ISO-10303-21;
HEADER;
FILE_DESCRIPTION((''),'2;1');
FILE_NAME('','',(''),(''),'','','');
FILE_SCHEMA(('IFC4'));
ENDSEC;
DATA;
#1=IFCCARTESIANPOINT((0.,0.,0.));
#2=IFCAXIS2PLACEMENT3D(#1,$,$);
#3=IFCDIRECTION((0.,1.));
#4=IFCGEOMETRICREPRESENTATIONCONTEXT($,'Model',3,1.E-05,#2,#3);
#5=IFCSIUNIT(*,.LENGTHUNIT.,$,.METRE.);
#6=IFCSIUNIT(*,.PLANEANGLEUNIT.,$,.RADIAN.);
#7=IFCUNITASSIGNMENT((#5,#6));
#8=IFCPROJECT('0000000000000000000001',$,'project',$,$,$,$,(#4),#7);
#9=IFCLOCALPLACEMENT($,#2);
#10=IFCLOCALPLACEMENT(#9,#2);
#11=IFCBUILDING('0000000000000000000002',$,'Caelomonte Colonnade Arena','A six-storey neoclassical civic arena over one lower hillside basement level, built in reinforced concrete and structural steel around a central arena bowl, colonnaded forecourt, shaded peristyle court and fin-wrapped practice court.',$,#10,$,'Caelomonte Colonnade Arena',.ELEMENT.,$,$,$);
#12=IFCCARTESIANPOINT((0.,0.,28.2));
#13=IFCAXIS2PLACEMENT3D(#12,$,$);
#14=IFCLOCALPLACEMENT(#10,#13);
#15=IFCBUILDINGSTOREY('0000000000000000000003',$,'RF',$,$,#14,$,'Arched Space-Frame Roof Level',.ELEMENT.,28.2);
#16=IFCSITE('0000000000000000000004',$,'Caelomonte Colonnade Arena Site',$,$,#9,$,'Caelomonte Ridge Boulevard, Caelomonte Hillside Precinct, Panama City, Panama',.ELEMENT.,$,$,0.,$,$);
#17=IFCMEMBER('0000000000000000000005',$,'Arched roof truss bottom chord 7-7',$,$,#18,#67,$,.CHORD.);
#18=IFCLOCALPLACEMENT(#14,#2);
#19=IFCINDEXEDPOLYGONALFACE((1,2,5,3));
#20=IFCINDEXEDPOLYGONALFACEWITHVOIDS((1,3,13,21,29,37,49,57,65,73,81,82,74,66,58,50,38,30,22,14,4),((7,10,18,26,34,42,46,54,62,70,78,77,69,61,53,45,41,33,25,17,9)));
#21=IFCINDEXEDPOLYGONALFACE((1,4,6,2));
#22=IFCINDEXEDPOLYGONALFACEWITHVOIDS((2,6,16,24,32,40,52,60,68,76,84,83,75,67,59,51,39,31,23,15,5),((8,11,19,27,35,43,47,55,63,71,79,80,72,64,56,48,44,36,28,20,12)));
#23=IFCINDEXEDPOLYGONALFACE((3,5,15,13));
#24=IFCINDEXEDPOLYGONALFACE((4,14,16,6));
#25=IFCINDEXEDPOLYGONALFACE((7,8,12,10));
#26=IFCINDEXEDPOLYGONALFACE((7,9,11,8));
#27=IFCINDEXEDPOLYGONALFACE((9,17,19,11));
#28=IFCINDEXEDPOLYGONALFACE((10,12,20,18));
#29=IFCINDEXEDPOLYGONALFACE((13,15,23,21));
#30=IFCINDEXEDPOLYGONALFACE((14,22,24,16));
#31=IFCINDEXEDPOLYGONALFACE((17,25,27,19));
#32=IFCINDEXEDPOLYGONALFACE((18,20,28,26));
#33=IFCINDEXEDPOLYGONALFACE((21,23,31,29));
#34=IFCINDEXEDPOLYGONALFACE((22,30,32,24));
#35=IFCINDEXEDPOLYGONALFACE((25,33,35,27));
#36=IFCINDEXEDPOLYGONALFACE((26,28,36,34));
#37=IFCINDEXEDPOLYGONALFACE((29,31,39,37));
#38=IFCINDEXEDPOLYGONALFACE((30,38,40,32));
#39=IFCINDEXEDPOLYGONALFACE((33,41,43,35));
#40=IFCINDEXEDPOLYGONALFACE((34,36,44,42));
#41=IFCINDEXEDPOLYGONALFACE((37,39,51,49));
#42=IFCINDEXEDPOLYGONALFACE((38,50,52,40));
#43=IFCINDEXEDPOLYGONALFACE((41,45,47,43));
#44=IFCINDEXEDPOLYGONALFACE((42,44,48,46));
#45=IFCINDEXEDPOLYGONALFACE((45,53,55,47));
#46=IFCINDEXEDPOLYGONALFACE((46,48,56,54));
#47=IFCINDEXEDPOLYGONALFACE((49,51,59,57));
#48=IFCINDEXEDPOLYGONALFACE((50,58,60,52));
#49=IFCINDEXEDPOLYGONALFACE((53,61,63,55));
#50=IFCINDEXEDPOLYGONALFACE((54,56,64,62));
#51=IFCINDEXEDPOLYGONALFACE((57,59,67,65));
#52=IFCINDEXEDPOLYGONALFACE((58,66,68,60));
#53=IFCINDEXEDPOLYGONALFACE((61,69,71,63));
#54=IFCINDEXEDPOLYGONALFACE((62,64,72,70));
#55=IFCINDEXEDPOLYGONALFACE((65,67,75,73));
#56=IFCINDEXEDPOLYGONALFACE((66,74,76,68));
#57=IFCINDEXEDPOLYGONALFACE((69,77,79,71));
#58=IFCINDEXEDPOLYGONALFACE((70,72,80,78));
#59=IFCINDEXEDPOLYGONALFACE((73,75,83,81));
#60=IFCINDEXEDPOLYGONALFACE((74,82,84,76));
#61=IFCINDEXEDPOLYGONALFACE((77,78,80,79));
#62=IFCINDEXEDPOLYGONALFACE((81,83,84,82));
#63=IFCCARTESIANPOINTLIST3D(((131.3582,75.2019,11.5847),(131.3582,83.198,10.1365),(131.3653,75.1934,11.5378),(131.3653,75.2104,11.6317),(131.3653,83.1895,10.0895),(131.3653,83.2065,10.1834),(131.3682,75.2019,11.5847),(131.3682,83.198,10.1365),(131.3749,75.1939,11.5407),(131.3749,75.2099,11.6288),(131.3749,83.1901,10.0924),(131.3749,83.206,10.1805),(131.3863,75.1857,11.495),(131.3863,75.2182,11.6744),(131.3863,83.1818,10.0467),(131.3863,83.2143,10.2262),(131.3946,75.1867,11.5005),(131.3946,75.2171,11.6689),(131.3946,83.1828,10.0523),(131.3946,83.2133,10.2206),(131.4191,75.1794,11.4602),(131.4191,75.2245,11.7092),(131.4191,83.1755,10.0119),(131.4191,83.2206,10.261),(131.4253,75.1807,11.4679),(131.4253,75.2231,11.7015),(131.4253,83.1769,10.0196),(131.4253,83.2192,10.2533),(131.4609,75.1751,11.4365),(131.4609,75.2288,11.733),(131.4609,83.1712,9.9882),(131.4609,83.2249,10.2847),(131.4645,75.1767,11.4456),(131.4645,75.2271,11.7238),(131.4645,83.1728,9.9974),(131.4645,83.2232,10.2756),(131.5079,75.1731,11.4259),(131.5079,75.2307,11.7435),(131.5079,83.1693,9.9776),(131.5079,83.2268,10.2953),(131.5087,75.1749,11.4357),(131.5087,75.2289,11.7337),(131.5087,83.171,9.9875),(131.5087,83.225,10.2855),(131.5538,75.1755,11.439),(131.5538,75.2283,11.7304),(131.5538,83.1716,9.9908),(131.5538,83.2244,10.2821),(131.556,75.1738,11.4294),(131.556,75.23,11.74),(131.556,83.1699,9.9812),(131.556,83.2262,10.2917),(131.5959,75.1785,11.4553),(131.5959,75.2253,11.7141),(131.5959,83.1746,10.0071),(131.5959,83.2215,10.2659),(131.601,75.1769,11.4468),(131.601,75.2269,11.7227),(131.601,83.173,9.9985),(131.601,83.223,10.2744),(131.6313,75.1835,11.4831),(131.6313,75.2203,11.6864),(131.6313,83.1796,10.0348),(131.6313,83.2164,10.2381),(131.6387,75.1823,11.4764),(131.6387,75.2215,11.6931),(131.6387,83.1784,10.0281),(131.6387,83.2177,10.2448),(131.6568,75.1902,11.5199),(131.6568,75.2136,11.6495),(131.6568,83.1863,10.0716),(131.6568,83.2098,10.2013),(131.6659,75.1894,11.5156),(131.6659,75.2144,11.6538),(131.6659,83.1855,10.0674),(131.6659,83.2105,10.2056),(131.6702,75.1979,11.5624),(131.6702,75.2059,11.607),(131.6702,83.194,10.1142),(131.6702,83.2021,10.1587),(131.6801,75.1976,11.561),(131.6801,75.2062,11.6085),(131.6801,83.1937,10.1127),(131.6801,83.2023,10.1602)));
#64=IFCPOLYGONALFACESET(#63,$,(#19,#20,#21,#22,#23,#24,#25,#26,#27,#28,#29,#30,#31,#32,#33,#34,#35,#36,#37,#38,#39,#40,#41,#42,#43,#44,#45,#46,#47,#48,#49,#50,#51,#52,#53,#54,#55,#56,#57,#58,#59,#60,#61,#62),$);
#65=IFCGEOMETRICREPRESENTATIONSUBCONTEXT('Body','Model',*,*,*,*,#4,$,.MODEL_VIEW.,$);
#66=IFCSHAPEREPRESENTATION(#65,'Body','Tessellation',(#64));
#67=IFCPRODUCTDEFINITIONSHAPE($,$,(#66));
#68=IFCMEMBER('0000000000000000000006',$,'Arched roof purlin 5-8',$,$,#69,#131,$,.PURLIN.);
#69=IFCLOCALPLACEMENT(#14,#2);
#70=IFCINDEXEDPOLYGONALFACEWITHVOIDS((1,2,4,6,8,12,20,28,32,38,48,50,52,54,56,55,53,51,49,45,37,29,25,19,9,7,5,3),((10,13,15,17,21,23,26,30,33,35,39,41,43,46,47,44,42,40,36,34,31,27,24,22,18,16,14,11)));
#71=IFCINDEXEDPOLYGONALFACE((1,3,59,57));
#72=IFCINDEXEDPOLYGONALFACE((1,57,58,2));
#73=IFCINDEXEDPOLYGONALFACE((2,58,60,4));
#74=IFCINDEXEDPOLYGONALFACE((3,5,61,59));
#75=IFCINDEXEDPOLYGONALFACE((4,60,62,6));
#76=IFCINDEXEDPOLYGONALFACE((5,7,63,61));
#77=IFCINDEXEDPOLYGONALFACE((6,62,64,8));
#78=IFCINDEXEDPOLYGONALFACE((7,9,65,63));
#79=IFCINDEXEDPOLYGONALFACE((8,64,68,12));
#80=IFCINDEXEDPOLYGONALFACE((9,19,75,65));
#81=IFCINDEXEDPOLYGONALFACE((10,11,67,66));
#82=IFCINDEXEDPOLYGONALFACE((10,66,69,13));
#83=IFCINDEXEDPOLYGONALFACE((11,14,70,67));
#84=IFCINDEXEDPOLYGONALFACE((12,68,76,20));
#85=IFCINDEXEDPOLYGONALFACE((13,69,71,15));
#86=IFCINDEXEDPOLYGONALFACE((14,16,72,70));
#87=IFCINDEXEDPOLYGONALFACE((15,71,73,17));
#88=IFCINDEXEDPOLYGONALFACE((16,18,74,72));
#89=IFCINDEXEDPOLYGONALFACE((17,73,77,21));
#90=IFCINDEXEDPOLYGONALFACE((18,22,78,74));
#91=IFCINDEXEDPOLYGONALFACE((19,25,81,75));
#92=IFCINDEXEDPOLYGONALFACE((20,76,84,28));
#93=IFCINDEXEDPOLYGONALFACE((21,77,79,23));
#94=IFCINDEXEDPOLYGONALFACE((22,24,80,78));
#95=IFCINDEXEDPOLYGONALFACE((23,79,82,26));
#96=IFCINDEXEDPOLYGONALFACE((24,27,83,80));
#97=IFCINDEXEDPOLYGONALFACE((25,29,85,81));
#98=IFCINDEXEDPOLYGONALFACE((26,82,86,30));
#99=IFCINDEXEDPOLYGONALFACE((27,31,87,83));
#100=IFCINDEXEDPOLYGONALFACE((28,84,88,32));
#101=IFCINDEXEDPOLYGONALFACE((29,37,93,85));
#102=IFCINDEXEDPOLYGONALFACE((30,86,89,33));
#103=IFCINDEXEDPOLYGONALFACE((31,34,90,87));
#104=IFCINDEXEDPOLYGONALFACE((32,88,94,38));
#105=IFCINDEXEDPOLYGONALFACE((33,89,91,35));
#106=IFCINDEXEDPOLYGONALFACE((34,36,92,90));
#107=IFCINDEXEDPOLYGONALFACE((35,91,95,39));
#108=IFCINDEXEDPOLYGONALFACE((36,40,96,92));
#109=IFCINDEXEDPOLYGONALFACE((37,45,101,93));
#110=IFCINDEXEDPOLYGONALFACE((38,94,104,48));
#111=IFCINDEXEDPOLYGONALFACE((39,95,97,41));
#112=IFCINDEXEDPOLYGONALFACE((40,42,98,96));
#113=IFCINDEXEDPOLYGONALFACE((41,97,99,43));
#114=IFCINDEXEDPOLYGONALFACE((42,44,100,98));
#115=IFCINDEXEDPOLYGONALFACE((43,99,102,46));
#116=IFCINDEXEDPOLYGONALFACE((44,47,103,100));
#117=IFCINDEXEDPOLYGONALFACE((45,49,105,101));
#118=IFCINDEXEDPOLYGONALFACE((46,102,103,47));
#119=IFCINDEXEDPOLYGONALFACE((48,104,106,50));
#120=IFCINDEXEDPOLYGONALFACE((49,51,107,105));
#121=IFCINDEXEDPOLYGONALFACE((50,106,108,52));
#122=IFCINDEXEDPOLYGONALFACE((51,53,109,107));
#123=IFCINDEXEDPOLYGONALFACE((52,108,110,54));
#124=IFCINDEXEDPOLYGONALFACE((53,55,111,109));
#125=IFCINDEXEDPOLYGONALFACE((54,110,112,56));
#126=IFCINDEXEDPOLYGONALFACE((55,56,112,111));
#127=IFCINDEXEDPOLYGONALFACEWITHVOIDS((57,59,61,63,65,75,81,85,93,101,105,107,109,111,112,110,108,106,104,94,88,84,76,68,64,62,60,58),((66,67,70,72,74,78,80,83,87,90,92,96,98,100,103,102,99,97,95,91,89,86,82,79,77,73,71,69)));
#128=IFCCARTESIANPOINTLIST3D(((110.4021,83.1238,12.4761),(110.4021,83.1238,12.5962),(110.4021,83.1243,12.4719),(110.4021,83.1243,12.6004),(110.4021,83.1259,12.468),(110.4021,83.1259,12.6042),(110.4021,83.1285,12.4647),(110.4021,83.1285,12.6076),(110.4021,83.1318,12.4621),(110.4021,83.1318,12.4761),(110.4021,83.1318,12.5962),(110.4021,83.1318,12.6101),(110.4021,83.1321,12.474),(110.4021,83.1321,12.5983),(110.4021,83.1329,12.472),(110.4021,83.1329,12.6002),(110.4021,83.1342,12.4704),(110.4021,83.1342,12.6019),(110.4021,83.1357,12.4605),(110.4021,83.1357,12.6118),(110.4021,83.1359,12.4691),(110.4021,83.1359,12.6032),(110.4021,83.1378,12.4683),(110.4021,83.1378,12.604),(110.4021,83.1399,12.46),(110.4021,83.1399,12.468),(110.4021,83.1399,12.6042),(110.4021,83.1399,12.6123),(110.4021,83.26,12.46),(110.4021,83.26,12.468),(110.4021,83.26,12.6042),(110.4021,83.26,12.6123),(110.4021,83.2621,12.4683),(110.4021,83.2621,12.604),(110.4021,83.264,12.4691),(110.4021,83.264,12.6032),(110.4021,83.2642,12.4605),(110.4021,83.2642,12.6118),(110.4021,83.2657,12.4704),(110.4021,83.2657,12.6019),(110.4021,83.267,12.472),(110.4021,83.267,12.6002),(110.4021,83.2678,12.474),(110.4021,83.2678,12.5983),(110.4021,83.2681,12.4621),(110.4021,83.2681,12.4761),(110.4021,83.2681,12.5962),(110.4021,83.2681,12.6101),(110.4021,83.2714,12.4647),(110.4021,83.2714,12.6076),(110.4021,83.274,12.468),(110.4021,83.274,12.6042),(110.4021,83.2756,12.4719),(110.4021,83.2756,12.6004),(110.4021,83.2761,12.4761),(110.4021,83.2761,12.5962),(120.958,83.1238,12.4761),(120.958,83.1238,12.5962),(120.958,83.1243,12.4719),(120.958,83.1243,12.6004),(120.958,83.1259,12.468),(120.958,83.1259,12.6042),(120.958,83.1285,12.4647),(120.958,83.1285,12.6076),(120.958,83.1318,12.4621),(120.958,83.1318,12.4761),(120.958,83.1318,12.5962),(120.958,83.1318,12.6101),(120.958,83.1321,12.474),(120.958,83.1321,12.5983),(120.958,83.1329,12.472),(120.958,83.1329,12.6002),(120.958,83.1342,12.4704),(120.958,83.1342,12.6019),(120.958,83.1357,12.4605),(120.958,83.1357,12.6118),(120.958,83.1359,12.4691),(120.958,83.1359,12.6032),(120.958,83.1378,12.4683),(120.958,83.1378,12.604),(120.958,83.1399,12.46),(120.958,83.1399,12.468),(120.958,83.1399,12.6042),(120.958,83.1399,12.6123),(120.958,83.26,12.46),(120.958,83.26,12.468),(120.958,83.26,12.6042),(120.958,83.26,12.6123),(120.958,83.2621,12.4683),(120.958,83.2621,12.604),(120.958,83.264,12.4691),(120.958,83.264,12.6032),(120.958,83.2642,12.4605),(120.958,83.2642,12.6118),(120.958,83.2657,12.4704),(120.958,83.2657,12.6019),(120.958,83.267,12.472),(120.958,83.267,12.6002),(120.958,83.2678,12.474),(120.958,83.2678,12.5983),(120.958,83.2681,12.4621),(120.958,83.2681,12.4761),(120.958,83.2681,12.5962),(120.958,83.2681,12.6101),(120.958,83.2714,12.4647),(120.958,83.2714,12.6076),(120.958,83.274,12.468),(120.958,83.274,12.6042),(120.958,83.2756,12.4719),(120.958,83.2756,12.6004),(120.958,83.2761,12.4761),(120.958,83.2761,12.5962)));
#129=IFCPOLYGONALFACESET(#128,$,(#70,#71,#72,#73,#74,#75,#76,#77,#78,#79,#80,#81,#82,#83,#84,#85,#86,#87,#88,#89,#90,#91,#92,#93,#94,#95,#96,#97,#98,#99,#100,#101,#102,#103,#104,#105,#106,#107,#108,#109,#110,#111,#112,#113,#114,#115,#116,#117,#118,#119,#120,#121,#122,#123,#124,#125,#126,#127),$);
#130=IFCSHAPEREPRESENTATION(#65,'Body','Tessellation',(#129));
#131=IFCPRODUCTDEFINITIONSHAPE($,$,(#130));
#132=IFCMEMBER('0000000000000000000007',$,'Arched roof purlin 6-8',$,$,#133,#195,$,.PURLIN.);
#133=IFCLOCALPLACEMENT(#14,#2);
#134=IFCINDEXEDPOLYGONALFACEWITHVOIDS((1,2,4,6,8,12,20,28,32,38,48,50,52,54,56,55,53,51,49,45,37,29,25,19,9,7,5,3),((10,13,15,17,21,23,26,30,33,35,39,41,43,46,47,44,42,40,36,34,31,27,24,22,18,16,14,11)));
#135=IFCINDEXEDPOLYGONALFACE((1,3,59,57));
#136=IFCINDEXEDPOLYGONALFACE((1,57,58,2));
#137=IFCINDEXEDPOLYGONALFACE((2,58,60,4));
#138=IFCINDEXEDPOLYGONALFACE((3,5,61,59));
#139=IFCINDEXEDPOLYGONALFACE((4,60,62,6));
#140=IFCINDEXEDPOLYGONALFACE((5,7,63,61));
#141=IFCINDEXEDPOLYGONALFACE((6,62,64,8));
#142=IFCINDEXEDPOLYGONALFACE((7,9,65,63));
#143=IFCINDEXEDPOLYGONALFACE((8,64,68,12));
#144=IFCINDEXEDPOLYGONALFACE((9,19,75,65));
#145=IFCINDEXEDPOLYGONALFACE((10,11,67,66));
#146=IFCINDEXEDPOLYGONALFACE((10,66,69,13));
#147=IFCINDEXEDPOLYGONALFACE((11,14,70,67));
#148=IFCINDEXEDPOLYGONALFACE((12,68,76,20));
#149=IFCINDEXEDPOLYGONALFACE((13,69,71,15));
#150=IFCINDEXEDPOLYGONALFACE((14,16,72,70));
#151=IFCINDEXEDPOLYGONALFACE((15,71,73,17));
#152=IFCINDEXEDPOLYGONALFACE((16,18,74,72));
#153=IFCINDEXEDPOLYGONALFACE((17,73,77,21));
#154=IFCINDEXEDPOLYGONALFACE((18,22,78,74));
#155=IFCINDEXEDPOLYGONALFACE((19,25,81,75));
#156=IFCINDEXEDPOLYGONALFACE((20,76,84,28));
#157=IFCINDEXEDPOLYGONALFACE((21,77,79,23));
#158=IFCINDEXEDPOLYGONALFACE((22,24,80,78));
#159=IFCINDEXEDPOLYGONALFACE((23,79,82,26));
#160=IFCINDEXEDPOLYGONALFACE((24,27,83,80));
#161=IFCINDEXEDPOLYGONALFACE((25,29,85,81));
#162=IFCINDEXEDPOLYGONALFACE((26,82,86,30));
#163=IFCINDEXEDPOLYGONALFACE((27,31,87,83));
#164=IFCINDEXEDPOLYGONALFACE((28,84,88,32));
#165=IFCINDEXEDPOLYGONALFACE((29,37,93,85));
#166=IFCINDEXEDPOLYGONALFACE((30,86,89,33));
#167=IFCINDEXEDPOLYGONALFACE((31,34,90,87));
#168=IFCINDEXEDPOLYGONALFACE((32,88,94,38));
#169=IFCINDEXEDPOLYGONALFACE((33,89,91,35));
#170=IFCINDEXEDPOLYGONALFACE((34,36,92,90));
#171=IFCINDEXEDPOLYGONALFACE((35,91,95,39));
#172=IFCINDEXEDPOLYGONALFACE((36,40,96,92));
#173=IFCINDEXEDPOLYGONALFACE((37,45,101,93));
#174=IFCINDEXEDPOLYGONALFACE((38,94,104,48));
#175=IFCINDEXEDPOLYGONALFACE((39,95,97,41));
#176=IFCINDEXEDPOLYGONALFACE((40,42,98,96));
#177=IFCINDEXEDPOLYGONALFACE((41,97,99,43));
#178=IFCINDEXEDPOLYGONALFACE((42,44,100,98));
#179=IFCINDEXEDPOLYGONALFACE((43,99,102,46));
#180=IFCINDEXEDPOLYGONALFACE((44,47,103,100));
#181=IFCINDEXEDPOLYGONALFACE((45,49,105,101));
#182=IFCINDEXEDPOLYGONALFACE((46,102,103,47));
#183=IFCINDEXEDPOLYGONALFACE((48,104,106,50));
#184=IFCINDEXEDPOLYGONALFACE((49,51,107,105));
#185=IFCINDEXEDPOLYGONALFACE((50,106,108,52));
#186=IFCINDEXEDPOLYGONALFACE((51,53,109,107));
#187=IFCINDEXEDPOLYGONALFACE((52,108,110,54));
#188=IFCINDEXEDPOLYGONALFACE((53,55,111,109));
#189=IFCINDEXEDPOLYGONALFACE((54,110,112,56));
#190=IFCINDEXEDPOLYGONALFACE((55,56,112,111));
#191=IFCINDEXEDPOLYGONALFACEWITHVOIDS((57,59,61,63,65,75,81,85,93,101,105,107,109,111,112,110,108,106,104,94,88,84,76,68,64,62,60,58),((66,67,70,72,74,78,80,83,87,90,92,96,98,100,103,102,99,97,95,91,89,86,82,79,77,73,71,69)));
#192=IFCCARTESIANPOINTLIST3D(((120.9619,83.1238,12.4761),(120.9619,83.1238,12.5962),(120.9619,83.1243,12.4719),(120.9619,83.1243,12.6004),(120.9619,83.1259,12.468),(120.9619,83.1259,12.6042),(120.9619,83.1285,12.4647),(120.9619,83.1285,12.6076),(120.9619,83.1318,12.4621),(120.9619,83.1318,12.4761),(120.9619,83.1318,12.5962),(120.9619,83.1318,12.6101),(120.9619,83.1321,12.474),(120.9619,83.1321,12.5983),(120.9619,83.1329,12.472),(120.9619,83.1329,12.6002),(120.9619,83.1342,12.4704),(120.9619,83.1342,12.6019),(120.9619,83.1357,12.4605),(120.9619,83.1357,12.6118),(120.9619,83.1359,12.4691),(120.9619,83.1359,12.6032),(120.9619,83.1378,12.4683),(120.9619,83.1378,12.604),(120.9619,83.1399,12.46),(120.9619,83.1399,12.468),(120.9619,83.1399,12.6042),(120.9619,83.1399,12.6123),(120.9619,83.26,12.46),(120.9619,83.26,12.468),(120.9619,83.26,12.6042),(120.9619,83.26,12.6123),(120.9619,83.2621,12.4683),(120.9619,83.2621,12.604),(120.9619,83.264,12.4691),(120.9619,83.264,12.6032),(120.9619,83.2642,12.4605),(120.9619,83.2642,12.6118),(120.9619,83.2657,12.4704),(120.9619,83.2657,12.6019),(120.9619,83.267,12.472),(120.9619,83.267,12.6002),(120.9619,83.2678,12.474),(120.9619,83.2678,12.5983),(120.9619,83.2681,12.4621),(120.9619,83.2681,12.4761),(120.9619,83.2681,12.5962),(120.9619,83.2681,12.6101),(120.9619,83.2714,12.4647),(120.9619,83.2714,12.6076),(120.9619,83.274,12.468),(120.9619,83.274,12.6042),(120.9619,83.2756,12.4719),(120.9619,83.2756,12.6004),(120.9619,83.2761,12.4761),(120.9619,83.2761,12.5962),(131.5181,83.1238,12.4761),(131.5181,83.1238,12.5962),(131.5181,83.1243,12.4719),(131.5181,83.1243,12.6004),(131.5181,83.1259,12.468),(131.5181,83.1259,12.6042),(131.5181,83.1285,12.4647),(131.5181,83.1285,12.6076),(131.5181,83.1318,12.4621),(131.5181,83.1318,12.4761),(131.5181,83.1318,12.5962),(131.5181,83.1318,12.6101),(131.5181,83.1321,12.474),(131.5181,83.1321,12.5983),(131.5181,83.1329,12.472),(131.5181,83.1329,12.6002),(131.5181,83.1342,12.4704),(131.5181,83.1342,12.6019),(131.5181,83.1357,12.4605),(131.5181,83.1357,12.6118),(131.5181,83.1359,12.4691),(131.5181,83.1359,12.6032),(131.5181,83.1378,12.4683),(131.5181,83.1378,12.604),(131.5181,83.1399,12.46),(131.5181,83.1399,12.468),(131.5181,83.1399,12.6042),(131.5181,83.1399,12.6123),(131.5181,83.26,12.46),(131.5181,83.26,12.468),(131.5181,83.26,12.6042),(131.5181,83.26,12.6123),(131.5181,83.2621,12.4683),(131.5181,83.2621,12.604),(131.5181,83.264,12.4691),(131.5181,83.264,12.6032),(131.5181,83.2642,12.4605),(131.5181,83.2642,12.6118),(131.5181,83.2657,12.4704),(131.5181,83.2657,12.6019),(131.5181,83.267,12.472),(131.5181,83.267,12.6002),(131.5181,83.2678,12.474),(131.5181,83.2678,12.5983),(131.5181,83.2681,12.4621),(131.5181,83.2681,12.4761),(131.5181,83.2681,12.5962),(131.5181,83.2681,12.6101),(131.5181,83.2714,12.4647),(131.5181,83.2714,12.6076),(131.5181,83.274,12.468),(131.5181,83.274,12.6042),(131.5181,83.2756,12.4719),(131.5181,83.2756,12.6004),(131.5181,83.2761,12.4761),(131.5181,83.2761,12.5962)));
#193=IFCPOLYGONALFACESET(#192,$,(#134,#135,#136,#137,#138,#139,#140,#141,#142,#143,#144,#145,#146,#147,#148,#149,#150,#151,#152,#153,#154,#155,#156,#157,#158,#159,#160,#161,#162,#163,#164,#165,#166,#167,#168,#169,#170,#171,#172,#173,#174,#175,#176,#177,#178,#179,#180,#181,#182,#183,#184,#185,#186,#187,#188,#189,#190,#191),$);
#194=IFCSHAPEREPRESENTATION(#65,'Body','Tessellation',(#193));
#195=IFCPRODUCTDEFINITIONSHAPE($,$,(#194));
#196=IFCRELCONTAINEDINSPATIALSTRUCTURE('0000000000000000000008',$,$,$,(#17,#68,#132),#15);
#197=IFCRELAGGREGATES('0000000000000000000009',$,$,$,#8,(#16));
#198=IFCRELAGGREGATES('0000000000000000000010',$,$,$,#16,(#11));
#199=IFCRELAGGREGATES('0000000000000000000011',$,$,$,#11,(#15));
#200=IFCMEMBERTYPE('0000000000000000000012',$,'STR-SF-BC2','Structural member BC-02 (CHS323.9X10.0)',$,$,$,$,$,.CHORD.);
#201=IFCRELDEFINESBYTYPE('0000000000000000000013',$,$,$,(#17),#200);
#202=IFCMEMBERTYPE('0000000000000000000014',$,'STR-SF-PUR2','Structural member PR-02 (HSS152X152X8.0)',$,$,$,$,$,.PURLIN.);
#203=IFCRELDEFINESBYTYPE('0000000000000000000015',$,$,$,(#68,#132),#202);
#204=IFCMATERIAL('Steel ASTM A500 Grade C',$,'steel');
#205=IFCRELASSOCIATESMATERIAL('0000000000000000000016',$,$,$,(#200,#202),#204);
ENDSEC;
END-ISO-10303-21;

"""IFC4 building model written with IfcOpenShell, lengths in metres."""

from ifc_helpers import new_model, si_unit, direction, frame, origin, origin_2d, place, context, subcontext, project, spatial, hollow_rectangle, hollow_circle, extrude, material, material_profile, profile_set, type_object, element, save


model = new_model("IFC4")

# Units and contexts
model_context = context("Model", 3, precision=1e-05, world=origin(), true_north=direction((0.0, 1.0)))
body_context = subcontext(model_context, "Body", "Model", "MODEL_VIEW")
ifc_project = project(units=[si_unit("LENGTHUNIT", "METRE"), si_unit("PLANEANGLEUNIT", "RADIAN")], contexts=[model_context])

# Site, building, storey
site_placement = place(None, origin())
site = spatial("IfcSite", under=ifc_project, at=site_placement, Name="Caelomonte Colonnade Arena Site", LongName="Caelomonte Ridge Boulevard, Caelomonte Hillside Precinct, Panama City, Panama", CompositionType="ELEMENT", RefElevation=0.0)
building_placement = place(site_placement, origin())
building = spatial("IfcBuilding", under=site, at=building_placement, Name="Caelomonte Colonnade Arena", Description="A six-storey neoclassical civic arena over one lower hillside basement level, built in reinforced concrete and structural steel around a central arena bowl, colonnaded forecourt, shaded peristyle court and fin-wrapped practice court.", LongName="Caelomonte Colonnade Arena", CompositionType="ELEMENT")
storey_placement = place(building_placement, frame((0.0, 0.0, 28.2)))
storey = spatial("IfcBuildingStorey", under=building, at=storey_placement, Name="RF", LongName="Arched Space-Frame Roof Level", CompositionType="ELEMENT", Elevation=28.2)

# Members
ifc_material_1 = material(Name="Steel ASTM A500 Grade C", Category="steel")
ifc_material_profile_1 = material_profile(ifc_material_1, hollow_circle(Radius=0.1619, WallThickness=0.01, at=origin_2d()), Name="CHS323.9X10.0")
ifc_profile_set_1 = profile_set([ifc_material_profile_1], Name="Steel ASTM A500 Grade C")
member_type_1 = type_object("IfcMemberType", Name="STR-SF-BC2", Description="Structural member BC-02 (CHS323.9X10.0)", PredefinedType="CHORD", material=ifc_profile_set_1)
member_1_placement = place(storey_placement, frame((131.52, 75.2019, 11.5847), z_axis=(0.0, 0.983991, -0.178219), x_axis=(-1.0, 0.0, 0.0)))
element("IfcMember", 1, at=member_1_placement, inside=storey, type_object=member_type_1, Name="Arched roof truss bottom chord 7-7", PredefinedType="CHORD", context=body_context, shape_type="SweptSolid", body=[
    extrude(hollow_circle(Radius=0.1619, WallThickness=0.01, at=origin_2d()), origin(), (0.0, 0.0, 1.0), 8.1262),
])
ifc_material_profile_2 = material_profile(ifc_material_1, hollow_rectangle(XDim=0.1523, YDim=0.1523, WallThickness=0.0081, InnerFilletRadius=0.0081, OuterFilletRadius=0.0161, at=origin_2d()), Name="HSS152X152X8.0")
ifc_profile_set_2 = profile_set([ifc_material_profile_2], Name="Steel ASTM A500 Grade C")
member_type_2 = type_object("IfcMemberType", Name="STR-SF-PUR2", Description="Structural member PR-02 (HSS152X152X8.0)", PredefinedType="PURLIN", material=ifc_profile_set_2)
member_2_placement = place(storey_placement, frame((110.4021, 83.2, 12.5361), z_axis=(1.0, 0.0, 0.0), x_axis=(0.0, 1.0, 0.0)))
element("IfcMember", 2, at=member_2_placement, inside=storey, type_object=member_type_2, Name="Arched roof purlin 5-8", PredefinedType="PURLIN", context=body_context, shape_type="SweptSolid", body=[
    extrude(hollow_rectangle(XDim=0.1523, YDim=0.1523, WallThickness=0.0081, InnerFilletRadius=0.0081, OuterFilletRadius=0.0161, at=origin_2d()), origin(), (0.0, 0.0, 1.0), 10.5559),
])
member_3_placement = place(storey_placement, frame((120.9619, 83.2, 12.5361), z_axis=(1.0, 0.0, 0.0), x_axis=(0.0, 1.0, 0.0)))
element("IfcMember", 3, at=member_3_placement, inside=storey, type_object=member_type_2, Name="Arched roof purlin 6-8", PredefinedType="PURLIN", context=body_context, shape_type="SweptSolid", body=[
    extrude(hollow_rectangle(XDim=0.1523, YDim=0.1523, WallThickness=0.0081, InnerFilletRadius=0.0081, OuterFilletRadius=0.0161, at=origin_2d()), origin(), (0.0, 0.0, 1.0), 10.5562),
])

save(model, "model.ifc")
